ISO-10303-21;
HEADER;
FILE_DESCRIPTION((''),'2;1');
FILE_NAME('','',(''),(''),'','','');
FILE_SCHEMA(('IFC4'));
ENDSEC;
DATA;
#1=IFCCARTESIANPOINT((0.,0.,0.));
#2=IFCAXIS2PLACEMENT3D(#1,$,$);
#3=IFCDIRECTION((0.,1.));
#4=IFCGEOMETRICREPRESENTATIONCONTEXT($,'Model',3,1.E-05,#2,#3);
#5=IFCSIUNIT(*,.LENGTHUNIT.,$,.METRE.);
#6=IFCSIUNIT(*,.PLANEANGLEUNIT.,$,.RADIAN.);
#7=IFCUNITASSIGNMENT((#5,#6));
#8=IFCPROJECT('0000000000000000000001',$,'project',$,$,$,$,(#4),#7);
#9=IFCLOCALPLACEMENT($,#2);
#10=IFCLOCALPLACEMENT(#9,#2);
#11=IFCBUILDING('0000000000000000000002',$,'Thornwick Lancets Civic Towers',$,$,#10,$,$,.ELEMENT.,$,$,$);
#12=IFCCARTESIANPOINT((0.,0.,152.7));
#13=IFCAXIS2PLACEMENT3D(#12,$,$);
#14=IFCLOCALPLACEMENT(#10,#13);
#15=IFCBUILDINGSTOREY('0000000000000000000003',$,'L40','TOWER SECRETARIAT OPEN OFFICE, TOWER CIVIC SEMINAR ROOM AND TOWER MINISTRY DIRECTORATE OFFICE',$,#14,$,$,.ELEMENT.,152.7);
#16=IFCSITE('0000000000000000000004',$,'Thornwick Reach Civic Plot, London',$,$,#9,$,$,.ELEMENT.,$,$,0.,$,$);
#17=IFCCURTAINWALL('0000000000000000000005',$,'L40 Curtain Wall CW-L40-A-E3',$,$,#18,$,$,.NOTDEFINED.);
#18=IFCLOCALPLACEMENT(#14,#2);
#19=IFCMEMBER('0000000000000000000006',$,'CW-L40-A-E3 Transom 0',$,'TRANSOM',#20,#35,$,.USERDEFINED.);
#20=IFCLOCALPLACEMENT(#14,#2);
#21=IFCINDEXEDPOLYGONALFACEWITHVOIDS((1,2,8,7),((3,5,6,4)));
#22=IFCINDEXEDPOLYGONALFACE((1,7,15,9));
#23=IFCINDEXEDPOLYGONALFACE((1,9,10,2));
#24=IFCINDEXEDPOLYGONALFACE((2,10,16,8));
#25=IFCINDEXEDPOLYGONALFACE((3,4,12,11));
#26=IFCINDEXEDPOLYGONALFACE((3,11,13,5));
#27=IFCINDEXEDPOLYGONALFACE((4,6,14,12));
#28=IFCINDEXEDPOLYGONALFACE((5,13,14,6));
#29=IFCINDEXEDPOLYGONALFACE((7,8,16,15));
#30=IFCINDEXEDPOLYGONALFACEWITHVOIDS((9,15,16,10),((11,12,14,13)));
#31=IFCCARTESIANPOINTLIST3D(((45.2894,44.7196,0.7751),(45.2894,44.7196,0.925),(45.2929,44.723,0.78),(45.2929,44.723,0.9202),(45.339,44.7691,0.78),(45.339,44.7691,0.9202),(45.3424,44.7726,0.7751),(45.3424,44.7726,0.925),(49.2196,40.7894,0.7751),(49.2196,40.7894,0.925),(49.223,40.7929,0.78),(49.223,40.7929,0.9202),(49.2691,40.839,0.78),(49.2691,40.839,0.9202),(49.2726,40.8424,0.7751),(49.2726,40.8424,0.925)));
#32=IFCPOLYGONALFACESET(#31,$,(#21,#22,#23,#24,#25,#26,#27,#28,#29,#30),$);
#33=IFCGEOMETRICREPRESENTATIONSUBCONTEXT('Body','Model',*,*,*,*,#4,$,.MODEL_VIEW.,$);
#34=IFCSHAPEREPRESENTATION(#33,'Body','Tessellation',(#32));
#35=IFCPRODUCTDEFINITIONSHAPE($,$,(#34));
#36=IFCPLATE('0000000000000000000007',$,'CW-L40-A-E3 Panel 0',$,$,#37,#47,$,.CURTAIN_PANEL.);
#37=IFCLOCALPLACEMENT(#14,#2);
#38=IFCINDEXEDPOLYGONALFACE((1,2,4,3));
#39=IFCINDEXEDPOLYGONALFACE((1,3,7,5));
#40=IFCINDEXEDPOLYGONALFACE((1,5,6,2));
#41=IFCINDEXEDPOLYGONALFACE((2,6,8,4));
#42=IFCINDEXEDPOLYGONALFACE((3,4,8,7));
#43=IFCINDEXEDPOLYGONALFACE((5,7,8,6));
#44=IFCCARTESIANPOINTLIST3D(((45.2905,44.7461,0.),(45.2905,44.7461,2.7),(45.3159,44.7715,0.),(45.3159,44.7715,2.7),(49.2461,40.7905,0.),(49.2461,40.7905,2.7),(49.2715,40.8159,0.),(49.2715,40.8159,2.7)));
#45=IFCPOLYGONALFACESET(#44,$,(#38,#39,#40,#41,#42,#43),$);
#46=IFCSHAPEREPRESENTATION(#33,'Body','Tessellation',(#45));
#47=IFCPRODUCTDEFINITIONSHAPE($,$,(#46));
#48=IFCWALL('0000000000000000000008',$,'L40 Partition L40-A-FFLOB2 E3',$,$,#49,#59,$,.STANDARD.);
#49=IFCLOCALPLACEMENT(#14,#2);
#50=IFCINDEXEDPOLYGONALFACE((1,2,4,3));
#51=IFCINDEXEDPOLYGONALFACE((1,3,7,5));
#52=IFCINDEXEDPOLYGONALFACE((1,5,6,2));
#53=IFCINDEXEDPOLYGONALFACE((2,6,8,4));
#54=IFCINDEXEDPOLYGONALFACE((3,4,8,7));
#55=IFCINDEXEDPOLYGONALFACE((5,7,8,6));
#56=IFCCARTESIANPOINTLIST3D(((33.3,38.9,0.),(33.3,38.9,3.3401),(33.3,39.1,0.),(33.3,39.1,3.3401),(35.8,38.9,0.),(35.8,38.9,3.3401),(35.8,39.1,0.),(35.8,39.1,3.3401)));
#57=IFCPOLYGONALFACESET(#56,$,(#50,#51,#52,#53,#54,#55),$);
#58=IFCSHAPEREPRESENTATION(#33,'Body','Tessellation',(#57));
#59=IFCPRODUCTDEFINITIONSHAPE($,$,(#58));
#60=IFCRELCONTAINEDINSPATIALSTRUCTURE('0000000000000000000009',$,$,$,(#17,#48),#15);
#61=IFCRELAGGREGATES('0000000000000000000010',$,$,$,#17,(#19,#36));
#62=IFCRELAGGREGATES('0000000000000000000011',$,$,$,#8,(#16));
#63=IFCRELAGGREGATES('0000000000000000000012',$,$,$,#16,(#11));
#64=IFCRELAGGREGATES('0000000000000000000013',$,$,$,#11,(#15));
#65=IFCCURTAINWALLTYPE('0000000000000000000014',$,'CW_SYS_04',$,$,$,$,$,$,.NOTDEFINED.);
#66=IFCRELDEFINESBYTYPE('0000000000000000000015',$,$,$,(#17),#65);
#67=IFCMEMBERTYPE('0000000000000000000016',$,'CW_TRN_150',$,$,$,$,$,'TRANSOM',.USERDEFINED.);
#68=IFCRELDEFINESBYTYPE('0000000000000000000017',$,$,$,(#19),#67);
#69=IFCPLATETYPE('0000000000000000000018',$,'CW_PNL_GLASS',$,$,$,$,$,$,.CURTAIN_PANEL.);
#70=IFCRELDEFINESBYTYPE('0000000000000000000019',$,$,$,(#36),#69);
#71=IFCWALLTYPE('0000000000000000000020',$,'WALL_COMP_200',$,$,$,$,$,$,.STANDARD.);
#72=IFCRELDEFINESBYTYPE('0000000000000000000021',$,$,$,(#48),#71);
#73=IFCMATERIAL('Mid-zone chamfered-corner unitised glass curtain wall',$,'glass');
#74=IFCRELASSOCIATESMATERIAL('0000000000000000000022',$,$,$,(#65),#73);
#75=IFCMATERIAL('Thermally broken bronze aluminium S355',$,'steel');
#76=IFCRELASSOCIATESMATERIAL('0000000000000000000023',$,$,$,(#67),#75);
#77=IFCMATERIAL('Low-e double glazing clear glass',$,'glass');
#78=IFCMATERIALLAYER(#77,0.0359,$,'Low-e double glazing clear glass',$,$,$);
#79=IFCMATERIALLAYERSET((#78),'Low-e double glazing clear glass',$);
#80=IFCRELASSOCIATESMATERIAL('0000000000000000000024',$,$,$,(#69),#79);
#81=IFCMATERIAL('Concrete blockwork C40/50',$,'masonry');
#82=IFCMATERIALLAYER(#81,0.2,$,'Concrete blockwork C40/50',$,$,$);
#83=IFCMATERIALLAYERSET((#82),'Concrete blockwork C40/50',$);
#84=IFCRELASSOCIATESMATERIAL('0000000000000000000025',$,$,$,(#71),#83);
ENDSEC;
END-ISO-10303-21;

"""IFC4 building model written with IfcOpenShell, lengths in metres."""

from ifc_helpers import new_model, si_unit, direction, frame, frame_2d, origin, origin_2d, place, context, subcontext, project, spatial, rectangle, hollow_rectangle, extrude, material, layer, layer_set, material_profile, profile_set, type_object, element, aggregate, save


model = new_model("IFC4")

# Units and contexts
model_context = context("Model", 3, precision=1e-05, world=origin(), true_north=direction((0.0, 1.0)))
body_context = subcontext(model_context, "Body", "Model", "MODEL_VIEW")
ifc_project = project(units=[si_unit("LENGTHUNIT", "METRE"), si_unit("PLANEANGLEUNIT", "RADIAN")], contexts=[model_context])

# Site, building, storey
site_placement = place(None, origin())
site = spatial("IfcSite", under=ifc_project, at=site_placement, Name="Thornwick Reach Civic Plot, London", CompositionType="ELEMENT", RefElevation=0.0)
building_placement = place(site_placement, origin())
building = spatial("IfcBuilding", under=site, at=building_placement, Name="Thornwick Lancets Civic Towers", CompositionType="ELEMENT")
storey_placement = place(building_placement, frame((0.0, 0.0, 152.7)))
storey = spatial("IfcBuildingStorey", under=building, at=storey_placement, Name="L40", Description="TOWER SECRETARIAT OPEN OFFICE, TOWER CIVIC SEMINAR ROOM AND TOWER MINISTRY DIRECTORATE OFFICE", CompositionType="ELEMENT", Elevation=152.7)

# Curtain wall, member, plate
ifc_material_1 = material(Name="Mid-zone chamfered-corner unitised glass curtain wall", Category="glass")
curtain_wall_type = type_object("IfcCurtainWallType", Name="CW_SYS_04", PredefinedType="NOTDEFINED", material=ifc_material_1)
curtain_wall_placement = place(storey_placement, origin())
curtain_wall = element("IfcCurtainWall", 1, at=curtain_wall_placement, inside=storey, type_object=curtain_wall_type, Name="L40 Curtain Wall CW-L40-A-E3", PredefinedType="NOTDEFINED")
ifc_material_2 = material(Name="Thermally broken bronze aluminium S355", Category="steel")
ifc_material_profile_1 = material_profile(ifc_material_2, hollow_rectangle(XDim=0.075, YDim=0.1499, WallThickness=0.0049, at=origin_2d()), Name="RHS 150x75x5")
ifc_profile_set_1 = profile_set([ifc_material_profile_1], Name="Thermally broken bronze aluminium S355")
member_type_1 = type_object("IfcMemberType", Name="CW_TRN_150", ElementType="TRANSOM", PredefinedType="USERDEFINED", material=ifc_profile_set_1)
member_1_placement = place(storey_placement, frame((49.2461, 40.8159, 0.8501), z_axis=(-0.707107, 0.707107, 0.0), x_axis=(-0.707107, -0.707107, 0.0)))
member_1 = element("IfcMember", 2, at=member_1_placement, type_object=member_type_1, Name="CW-L40-A-E3 Transom 0", ObjectType="TRANSOM", PredefinedType="USERDEFINED", context=body_context, shape_type="SweptSolid", body=[
    extrude(hollow_rectangle(XDim=0.075, YDim=0.1499, WallThickness=0.0049, at=origin_2d()), origin(), (0.0, 0.0, 1.0), 5.5581),
])
ifc_material_3 = material(Name="Low-e double glazing clear glass", Category="glass")
ifc_layer_1 = layer(ifc_material_3, 0.0359, Name="Low-e double glazing clear glass")
ifc_layer_set_1 = layer_set([ifc_layer_1], Name="Low-e double glazing clear glass")
plate_type = type_object("IfcPlateType", Name="CW_PNL_GLASS", PredefinedType="CURTAIN_PANEL", material=ifc_layer_set_1)
plate_placement = place(storey_placement, frame((47.281, 42.781, 0.0), z_axis=(0.0, 0.0, 1.0), x_axis=(-0.707107, 0.707107, 0.0)))
plate = element("IfcPlate", 3, at=plate_placement, type_object=plate_type, Name="CW-L40-A-E3 Panel 0", PredefinedType="CURTAIN_PANEL", context=body_context, shape_type="SweptSolid", body=[
    extrude(rectangle(XDim=5.594, YDim=0.0359, at=origin_2d()), origin(), (0.0, 0.0, 1.0), 2.7),
])
aggregate(curtain_wall, [member_1, plate])

# Wall
ifc_material_4 = material(Name="Concrete blockwork C40/50", Category="masonry")
ifc_layer_2 = layer(ifc_material_4, 0.2, Name="Concrete blockwork C40/50")
ifc_layer_set_2 = layer_set([ifc_layer_2], Name="Concrete blockwork C40/50")
wall_type_1 = type_object("IfcWallType", Name="WALL_COMP_200", PredefinedType="STANDARD", material=ifc_layer_set_2)
wall_1_placement = place(storey_placement, frame((35.8, 39.0, 0.0), z_axis=(0.0, 0.0, 1.0), x_axis=(-1.0, 0.0, 0.0)))
element("IfcWall", 4, at=wall_1_placement, inside=storey, type_object=wall_type_1, Name="L40 Partition L40-A-FFLOB2 E3", PredefinedType="STANDARD", context=body_context, shape_type="SweptSolid", body=[
    extrude(rectangle(XDim=2.5, YDim=0.2, at=frame_2d((1.25, 0.0))), origin(), (0.0, 0.0, 1.0), 3.3401),
])

save(model, "model.ifc")
